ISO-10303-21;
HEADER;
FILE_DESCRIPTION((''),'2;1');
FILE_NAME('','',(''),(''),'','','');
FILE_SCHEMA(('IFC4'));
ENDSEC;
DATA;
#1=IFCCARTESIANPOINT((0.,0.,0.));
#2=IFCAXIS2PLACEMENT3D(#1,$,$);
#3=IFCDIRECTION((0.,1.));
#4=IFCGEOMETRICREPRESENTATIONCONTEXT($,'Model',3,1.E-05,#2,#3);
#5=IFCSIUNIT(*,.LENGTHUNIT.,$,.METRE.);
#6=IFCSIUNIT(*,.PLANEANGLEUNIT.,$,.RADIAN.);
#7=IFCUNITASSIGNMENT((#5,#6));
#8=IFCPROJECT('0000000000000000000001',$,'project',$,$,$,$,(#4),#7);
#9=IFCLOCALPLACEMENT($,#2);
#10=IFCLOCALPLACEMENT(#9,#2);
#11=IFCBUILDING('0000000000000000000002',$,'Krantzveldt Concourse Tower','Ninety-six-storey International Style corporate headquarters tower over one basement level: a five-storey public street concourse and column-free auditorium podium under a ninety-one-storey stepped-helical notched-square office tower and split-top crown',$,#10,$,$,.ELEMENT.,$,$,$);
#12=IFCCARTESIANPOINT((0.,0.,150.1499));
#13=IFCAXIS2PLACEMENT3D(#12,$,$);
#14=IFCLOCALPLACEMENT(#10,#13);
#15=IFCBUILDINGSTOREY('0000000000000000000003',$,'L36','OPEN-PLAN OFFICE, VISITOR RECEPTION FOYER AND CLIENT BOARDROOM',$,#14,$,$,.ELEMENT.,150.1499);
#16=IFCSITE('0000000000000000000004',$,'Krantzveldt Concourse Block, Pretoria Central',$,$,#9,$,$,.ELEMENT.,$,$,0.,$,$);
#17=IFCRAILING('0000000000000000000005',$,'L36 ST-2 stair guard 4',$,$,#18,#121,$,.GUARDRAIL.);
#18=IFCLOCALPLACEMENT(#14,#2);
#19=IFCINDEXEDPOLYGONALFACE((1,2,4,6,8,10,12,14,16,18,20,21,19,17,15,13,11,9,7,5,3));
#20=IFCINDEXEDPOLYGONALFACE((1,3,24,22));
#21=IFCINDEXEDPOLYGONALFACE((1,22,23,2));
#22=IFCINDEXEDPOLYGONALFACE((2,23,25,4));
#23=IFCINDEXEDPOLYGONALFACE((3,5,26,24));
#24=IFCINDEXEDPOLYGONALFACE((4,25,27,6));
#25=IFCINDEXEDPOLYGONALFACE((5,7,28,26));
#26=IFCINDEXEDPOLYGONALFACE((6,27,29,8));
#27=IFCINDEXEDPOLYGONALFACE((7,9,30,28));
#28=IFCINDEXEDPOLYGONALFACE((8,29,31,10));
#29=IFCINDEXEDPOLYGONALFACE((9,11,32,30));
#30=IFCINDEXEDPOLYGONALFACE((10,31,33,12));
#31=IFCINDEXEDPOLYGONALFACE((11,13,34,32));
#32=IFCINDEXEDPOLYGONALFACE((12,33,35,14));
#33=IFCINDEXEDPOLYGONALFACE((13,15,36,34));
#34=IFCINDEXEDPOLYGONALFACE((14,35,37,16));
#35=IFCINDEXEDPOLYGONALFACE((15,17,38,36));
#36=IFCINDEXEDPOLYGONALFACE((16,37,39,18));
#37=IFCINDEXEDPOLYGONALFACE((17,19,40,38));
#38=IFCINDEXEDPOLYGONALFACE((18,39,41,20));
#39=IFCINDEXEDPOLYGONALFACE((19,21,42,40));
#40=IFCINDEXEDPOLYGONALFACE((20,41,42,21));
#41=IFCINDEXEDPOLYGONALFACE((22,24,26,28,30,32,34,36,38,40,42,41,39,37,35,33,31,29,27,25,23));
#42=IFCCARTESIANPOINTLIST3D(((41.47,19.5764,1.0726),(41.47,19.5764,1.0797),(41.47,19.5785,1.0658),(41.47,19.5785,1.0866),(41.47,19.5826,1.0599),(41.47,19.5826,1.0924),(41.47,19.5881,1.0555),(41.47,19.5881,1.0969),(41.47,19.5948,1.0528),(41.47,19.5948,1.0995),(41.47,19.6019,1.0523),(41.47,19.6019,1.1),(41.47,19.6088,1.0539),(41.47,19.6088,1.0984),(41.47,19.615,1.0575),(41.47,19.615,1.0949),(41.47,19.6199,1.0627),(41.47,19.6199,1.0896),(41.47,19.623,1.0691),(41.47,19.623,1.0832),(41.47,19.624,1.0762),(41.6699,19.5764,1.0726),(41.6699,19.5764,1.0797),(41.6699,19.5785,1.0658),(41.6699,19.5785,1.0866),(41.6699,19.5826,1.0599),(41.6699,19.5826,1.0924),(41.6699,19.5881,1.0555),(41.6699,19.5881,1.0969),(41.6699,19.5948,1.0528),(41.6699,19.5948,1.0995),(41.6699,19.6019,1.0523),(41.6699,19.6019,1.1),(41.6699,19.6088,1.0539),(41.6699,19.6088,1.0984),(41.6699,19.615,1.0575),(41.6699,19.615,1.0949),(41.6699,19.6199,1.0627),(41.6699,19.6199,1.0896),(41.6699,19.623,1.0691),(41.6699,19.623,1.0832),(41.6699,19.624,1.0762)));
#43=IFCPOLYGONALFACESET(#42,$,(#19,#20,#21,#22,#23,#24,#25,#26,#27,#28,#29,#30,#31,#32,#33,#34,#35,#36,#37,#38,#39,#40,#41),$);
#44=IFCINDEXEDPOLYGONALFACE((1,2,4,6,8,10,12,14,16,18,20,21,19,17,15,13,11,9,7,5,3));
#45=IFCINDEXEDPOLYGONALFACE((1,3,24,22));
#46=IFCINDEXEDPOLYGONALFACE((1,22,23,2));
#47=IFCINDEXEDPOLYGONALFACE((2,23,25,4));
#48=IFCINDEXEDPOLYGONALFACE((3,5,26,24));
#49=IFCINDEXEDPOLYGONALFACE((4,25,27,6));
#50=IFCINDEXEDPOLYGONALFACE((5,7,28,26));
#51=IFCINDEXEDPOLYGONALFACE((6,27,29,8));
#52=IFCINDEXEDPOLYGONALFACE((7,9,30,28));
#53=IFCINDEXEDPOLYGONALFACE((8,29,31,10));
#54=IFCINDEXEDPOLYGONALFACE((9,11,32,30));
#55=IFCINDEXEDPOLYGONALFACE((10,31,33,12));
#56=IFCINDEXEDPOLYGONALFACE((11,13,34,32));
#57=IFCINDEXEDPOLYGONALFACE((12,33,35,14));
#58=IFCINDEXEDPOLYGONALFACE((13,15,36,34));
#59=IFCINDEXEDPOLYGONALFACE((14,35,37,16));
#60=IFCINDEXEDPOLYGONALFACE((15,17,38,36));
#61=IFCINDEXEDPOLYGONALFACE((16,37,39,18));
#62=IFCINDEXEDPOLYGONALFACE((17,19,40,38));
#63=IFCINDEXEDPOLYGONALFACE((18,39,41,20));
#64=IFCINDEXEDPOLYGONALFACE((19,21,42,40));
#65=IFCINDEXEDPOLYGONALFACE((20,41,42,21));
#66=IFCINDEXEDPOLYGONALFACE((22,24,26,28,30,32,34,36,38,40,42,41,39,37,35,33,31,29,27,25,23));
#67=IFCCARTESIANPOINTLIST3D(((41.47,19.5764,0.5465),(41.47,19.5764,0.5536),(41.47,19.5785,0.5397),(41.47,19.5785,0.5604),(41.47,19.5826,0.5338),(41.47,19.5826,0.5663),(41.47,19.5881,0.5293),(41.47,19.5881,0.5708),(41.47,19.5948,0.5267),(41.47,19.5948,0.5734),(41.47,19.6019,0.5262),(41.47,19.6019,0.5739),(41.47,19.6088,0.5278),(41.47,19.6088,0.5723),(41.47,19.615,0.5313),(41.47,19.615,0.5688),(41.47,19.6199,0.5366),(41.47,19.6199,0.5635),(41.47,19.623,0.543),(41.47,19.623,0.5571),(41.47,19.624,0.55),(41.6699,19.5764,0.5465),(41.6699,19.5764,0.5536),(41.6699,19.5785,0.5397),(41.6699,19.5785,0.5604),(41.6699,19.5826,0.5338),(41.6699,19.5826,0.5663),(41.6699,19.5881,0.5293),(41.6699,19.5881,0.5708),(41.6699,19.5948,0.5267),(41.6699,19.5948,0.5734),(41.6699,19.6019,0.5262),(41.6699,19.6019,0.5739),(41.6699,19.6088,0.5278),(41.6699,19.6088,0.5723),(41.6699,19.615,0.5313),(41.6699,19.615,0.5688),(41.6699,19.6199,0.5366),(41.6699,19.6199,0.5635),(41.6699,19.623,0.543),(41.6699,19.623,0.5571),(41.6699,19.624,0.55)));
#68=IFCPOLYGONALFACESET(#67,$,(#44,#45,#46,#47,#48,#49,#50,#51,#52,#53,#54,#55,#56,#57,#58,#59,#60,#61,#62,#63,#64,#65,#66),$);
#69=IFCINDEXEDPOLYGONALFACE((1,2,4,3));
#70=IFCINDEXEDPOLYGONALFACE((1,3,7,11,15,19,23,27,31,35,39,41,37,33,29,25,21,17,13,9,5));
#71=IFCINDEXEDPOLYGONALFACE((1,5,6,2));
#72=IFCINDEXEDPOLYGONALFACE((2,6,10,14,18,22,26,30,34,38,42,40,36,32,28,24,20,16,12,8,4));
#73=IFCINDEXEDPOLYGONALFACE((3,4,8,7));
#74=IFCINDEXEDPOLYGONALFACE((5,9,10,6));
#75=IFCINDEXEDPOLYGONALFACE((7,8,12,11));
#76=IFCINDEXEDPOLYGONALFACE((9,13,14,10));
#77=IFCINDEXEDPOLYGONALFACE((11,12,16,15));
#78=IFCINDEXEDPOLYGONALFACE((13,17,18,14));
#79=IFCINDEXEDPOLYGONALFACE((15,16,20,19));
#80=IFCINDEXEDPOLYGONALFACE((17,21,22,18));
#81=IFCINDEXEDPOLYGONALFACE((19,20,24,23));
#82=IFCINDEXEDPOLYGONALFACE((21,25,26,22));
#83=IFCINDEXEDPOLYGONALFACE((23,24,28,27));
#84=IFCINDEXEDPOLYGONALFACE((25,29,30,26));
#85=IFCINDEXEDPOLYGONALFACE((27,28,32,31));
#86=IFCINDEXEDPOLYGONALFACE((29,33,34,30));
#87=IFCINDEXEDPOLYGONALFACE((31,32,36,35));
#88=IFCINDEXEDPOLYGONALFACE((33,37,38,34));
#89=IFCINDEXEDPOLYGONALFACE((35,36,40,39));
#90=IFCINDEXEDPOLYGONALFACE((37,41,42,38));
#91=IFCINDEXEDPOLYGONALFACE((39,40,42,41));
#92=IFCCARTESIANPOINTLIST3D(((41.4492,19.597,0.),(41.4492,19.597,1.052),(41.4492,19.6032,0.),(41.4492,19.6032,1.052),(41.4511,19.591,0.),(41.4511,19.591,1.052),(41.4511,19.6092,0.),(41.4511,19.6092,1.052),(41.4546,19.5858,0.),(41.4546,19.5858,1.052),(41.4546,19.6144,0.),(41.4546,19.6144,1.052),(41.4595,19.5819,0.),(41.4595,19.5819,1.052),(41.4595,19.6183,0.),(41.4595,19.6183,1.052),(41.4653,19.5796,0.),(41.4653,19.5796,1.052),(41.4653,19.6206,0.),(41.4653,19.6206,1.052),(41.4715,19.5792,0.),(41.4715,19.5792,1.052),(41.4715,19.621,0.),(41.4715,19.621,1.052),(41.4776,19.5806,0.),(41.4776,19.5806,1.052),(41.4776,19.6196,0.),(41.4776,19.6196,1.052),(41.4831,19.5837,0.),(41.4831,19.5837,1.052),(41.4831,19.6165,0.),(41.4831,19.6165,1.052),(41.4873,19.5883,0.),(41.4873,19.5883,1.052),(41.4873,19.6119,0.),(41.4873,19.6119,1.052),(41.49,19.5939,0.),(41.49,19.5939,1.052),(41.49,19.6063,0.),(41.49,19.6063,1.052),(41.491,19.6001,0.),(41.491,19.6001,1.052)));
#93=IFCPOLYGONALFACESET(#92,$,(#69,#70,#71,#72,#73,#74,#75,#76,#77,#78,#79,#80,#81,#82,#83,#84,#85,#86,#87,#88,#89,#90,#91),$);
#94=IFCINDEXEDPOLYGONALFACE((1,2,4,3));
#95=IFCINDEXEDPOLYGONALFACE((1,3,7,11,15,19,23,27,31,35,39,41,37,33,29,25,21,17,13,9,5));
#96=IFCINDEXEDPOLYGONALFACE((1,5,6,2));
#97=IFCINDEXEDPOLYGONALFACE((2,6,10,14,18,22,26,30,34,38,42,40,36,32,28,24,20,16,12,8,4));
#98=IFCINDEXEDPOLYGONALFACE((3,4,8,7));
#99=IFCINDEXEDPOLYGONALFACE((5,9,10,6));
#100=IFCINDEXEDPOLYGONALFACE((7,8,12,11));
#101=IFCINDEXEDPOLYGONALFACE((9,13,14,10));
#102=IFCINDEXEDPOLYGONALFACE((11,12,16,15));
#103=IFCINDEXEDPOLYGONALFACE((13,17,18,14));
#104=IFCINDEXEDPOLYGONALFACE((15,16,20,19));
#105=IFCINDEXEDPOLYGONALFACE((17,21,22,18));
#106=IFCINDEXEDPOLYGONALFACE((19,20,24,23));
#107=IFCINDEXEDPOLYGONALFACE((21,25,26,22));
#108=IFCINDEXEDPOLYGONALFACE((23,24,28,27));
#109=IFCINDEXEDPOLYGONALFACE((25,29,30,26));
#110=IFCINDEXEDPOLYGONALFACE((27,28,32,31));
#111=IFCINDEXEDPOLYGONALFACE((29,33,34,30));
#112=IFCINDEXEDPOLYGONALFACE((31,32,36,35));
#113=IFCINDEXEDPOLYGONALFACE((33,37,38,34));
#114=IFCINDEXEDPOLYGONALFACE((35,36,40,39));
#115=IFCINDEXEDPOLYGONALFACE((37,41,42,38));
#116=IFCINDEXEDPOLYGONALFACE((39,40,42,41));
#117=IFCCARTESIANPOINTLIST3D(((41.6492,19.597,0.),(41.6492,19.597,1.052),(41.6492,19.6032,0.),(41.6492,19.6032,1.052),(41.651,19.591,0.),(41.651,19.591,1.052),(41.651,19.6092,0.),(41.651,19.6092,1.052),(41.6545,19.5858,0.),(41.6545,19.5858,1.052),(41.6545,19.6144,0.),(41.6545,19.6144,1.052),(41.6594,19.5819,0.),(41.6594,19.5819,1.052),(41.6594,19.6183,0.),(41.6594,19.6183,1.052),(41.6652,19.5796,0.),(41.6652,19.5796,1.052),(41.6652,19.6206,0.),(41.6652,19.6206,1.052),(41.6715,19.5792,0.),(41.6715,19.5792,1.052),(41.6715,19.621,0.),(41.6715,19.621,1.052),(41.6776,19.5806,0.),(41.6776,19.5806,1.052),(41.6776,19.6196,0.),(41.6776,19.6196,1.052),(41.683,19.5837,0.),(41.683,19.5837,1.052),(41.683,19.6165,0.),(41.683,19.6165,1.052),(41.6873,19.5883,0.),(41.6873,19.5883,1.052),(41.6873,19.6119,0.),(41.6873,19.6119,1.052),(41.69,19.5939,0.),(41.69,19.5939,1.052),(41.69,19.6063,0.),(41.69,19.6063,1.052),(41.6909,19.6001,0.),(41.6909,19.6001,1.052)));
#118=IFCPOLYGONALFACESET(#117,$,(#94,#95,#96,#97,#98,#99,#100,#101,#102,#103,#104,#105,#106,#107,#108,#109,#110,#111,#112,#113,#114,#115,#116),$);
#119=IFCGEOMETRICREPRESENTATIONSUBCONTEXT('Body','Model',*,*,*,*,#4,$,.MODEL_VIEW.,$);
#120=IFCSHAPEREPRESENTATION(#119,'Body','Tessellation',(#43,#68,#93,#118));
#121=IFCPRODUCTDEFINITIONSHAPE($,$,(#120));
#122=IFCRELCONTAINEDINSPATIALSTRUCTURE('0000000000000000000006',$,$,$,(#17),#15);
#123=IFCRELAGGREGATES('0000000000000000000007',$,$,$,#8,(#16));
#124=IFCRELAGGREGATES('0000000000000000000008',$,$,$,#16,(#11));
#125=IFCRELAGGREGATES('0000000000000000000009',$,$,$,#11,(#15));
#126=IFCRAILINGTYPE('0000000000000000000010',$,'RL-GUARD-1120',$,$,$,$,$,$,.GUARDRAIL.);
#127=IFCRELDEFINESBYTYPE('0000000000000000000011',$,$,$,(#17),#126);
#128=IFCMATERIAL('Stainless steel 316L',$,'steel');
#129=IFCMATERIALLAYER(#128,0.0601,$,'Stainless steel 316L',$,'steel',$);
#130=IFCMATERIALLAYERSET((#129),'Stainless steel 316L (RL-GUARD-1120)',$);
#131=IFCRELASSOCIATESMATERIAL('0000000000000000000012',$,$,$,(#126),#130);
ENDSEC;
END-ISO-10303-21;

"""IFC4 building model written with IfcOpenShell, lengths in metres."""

from ifc_helpers import new_model, si_unit, direction, frame, origin, origin_2d, place, context, subcontext, project, spatial, circle, extrude, material, layer, layer_set, type_object, element, save


model = new_model("IFC4")

# Units and contexts
model_context = context("Model", 3, precision=1e-05, world=origin(), true_north=direction((0.0, 1.0)))
body_context = subcontext(model_context, "Body", "Model", "MODEL_VIEW")
ifc_project = project(units=[si_unit("LENGTHUNIT", "METRE"), si_unit("PLANEANGLEUNIT", "RADIAN")], contexts=[model_context])

# Site, building, storey
site_placement = place(None, origin())
site = spatial("IfcSite", under=ifc_project, at=site_placement, Name="Krantzveldt Concourse Block, Pretoria Central", CompositionType="ELEMENT", RefElevation=0.0)
building_placement = place(site_placement, origin())
building = spatial("IfcBuilding", under=site, at=building_placement, Name="Krantzveldt Concourse Tower", Description="Ninety-six-storey International Style corporate headquarters tower over one basement level: a five-storey public street concourse and column-free auditorium podium under a ninety-one-storey stepped-helical notched-square office tower and split-top crown", CompositionType="ELEMENT")
storey_placement = place(building_placement, frame((0.0, 0.0, 150.1499)))
storey = spatial("IfcBuildingStorey", under=building, at=storey_placement, Name="L36", Description="OPEN-PLAN OFFICE, VISITOR RECEPTION FOYER AND CLIENT BOARDROOM", CompositionType="ELEMENT", Elevation=150.1499)

# Shared definitions
ifc_material_1 = material(Name="Stainless steel 316L", Category="steel")

# Railing
ifc_layer_1 = layer(ifc_material_1, 0.0601, Name="Stainless steel 316L", Category="steel")
ifc_layer_set_1 = layer_set([ifc_layer_1], Name="Stainless steel 316L (RL-GUARD-1120)")
railing_type_1 = type_object("IfcRailingType", Name="RL-GUARD-1120", PredefinedType="GUARDRAIL", material=ifc_layer_set_1)
railing_1_placement = place(storey_placement, frame((41.47, 19.6001, 0.0)))
element("IfcRailing", 1, at=railing_1_placement, inside=storey, type_object=railing_type_1, Name="L36 ST-2 stair guard 4", PredefinedType="GUARDRAIL", context=body_context, shape_type="SweptSolid", body=[
    extrude(circle(Radius=0.0239, at=origin_2d()), frame((0.0, 0.0, 1.0762), z_axis=(1.0, 0.0, 0.0), x_axis=(0.0, 1.0, 0.0)), (0.0, 0.0, 1.0), 0.2),
    extrude(circle(Radius=0.0239, at=origin_2d()), frame((0.0, 0.0, 0.55), z_axis=(1.0, 0.0, 0.0), x_axis=(0.0, 1.0, 0.0)), (0.0, 0.0, 1.0), 0.2),
    extrude(circle(Radius=0.021, at=origin_2d()), origin(), (0.0, 0.0, 1.0), 1.052),
    extrude(circle(Radius=0.021, at=origin_2d()), frame((0.2, 0.0, 0.0)), (0.0, 0.0, 1.0), 1.052),
])

save(model, "model.ifc")
